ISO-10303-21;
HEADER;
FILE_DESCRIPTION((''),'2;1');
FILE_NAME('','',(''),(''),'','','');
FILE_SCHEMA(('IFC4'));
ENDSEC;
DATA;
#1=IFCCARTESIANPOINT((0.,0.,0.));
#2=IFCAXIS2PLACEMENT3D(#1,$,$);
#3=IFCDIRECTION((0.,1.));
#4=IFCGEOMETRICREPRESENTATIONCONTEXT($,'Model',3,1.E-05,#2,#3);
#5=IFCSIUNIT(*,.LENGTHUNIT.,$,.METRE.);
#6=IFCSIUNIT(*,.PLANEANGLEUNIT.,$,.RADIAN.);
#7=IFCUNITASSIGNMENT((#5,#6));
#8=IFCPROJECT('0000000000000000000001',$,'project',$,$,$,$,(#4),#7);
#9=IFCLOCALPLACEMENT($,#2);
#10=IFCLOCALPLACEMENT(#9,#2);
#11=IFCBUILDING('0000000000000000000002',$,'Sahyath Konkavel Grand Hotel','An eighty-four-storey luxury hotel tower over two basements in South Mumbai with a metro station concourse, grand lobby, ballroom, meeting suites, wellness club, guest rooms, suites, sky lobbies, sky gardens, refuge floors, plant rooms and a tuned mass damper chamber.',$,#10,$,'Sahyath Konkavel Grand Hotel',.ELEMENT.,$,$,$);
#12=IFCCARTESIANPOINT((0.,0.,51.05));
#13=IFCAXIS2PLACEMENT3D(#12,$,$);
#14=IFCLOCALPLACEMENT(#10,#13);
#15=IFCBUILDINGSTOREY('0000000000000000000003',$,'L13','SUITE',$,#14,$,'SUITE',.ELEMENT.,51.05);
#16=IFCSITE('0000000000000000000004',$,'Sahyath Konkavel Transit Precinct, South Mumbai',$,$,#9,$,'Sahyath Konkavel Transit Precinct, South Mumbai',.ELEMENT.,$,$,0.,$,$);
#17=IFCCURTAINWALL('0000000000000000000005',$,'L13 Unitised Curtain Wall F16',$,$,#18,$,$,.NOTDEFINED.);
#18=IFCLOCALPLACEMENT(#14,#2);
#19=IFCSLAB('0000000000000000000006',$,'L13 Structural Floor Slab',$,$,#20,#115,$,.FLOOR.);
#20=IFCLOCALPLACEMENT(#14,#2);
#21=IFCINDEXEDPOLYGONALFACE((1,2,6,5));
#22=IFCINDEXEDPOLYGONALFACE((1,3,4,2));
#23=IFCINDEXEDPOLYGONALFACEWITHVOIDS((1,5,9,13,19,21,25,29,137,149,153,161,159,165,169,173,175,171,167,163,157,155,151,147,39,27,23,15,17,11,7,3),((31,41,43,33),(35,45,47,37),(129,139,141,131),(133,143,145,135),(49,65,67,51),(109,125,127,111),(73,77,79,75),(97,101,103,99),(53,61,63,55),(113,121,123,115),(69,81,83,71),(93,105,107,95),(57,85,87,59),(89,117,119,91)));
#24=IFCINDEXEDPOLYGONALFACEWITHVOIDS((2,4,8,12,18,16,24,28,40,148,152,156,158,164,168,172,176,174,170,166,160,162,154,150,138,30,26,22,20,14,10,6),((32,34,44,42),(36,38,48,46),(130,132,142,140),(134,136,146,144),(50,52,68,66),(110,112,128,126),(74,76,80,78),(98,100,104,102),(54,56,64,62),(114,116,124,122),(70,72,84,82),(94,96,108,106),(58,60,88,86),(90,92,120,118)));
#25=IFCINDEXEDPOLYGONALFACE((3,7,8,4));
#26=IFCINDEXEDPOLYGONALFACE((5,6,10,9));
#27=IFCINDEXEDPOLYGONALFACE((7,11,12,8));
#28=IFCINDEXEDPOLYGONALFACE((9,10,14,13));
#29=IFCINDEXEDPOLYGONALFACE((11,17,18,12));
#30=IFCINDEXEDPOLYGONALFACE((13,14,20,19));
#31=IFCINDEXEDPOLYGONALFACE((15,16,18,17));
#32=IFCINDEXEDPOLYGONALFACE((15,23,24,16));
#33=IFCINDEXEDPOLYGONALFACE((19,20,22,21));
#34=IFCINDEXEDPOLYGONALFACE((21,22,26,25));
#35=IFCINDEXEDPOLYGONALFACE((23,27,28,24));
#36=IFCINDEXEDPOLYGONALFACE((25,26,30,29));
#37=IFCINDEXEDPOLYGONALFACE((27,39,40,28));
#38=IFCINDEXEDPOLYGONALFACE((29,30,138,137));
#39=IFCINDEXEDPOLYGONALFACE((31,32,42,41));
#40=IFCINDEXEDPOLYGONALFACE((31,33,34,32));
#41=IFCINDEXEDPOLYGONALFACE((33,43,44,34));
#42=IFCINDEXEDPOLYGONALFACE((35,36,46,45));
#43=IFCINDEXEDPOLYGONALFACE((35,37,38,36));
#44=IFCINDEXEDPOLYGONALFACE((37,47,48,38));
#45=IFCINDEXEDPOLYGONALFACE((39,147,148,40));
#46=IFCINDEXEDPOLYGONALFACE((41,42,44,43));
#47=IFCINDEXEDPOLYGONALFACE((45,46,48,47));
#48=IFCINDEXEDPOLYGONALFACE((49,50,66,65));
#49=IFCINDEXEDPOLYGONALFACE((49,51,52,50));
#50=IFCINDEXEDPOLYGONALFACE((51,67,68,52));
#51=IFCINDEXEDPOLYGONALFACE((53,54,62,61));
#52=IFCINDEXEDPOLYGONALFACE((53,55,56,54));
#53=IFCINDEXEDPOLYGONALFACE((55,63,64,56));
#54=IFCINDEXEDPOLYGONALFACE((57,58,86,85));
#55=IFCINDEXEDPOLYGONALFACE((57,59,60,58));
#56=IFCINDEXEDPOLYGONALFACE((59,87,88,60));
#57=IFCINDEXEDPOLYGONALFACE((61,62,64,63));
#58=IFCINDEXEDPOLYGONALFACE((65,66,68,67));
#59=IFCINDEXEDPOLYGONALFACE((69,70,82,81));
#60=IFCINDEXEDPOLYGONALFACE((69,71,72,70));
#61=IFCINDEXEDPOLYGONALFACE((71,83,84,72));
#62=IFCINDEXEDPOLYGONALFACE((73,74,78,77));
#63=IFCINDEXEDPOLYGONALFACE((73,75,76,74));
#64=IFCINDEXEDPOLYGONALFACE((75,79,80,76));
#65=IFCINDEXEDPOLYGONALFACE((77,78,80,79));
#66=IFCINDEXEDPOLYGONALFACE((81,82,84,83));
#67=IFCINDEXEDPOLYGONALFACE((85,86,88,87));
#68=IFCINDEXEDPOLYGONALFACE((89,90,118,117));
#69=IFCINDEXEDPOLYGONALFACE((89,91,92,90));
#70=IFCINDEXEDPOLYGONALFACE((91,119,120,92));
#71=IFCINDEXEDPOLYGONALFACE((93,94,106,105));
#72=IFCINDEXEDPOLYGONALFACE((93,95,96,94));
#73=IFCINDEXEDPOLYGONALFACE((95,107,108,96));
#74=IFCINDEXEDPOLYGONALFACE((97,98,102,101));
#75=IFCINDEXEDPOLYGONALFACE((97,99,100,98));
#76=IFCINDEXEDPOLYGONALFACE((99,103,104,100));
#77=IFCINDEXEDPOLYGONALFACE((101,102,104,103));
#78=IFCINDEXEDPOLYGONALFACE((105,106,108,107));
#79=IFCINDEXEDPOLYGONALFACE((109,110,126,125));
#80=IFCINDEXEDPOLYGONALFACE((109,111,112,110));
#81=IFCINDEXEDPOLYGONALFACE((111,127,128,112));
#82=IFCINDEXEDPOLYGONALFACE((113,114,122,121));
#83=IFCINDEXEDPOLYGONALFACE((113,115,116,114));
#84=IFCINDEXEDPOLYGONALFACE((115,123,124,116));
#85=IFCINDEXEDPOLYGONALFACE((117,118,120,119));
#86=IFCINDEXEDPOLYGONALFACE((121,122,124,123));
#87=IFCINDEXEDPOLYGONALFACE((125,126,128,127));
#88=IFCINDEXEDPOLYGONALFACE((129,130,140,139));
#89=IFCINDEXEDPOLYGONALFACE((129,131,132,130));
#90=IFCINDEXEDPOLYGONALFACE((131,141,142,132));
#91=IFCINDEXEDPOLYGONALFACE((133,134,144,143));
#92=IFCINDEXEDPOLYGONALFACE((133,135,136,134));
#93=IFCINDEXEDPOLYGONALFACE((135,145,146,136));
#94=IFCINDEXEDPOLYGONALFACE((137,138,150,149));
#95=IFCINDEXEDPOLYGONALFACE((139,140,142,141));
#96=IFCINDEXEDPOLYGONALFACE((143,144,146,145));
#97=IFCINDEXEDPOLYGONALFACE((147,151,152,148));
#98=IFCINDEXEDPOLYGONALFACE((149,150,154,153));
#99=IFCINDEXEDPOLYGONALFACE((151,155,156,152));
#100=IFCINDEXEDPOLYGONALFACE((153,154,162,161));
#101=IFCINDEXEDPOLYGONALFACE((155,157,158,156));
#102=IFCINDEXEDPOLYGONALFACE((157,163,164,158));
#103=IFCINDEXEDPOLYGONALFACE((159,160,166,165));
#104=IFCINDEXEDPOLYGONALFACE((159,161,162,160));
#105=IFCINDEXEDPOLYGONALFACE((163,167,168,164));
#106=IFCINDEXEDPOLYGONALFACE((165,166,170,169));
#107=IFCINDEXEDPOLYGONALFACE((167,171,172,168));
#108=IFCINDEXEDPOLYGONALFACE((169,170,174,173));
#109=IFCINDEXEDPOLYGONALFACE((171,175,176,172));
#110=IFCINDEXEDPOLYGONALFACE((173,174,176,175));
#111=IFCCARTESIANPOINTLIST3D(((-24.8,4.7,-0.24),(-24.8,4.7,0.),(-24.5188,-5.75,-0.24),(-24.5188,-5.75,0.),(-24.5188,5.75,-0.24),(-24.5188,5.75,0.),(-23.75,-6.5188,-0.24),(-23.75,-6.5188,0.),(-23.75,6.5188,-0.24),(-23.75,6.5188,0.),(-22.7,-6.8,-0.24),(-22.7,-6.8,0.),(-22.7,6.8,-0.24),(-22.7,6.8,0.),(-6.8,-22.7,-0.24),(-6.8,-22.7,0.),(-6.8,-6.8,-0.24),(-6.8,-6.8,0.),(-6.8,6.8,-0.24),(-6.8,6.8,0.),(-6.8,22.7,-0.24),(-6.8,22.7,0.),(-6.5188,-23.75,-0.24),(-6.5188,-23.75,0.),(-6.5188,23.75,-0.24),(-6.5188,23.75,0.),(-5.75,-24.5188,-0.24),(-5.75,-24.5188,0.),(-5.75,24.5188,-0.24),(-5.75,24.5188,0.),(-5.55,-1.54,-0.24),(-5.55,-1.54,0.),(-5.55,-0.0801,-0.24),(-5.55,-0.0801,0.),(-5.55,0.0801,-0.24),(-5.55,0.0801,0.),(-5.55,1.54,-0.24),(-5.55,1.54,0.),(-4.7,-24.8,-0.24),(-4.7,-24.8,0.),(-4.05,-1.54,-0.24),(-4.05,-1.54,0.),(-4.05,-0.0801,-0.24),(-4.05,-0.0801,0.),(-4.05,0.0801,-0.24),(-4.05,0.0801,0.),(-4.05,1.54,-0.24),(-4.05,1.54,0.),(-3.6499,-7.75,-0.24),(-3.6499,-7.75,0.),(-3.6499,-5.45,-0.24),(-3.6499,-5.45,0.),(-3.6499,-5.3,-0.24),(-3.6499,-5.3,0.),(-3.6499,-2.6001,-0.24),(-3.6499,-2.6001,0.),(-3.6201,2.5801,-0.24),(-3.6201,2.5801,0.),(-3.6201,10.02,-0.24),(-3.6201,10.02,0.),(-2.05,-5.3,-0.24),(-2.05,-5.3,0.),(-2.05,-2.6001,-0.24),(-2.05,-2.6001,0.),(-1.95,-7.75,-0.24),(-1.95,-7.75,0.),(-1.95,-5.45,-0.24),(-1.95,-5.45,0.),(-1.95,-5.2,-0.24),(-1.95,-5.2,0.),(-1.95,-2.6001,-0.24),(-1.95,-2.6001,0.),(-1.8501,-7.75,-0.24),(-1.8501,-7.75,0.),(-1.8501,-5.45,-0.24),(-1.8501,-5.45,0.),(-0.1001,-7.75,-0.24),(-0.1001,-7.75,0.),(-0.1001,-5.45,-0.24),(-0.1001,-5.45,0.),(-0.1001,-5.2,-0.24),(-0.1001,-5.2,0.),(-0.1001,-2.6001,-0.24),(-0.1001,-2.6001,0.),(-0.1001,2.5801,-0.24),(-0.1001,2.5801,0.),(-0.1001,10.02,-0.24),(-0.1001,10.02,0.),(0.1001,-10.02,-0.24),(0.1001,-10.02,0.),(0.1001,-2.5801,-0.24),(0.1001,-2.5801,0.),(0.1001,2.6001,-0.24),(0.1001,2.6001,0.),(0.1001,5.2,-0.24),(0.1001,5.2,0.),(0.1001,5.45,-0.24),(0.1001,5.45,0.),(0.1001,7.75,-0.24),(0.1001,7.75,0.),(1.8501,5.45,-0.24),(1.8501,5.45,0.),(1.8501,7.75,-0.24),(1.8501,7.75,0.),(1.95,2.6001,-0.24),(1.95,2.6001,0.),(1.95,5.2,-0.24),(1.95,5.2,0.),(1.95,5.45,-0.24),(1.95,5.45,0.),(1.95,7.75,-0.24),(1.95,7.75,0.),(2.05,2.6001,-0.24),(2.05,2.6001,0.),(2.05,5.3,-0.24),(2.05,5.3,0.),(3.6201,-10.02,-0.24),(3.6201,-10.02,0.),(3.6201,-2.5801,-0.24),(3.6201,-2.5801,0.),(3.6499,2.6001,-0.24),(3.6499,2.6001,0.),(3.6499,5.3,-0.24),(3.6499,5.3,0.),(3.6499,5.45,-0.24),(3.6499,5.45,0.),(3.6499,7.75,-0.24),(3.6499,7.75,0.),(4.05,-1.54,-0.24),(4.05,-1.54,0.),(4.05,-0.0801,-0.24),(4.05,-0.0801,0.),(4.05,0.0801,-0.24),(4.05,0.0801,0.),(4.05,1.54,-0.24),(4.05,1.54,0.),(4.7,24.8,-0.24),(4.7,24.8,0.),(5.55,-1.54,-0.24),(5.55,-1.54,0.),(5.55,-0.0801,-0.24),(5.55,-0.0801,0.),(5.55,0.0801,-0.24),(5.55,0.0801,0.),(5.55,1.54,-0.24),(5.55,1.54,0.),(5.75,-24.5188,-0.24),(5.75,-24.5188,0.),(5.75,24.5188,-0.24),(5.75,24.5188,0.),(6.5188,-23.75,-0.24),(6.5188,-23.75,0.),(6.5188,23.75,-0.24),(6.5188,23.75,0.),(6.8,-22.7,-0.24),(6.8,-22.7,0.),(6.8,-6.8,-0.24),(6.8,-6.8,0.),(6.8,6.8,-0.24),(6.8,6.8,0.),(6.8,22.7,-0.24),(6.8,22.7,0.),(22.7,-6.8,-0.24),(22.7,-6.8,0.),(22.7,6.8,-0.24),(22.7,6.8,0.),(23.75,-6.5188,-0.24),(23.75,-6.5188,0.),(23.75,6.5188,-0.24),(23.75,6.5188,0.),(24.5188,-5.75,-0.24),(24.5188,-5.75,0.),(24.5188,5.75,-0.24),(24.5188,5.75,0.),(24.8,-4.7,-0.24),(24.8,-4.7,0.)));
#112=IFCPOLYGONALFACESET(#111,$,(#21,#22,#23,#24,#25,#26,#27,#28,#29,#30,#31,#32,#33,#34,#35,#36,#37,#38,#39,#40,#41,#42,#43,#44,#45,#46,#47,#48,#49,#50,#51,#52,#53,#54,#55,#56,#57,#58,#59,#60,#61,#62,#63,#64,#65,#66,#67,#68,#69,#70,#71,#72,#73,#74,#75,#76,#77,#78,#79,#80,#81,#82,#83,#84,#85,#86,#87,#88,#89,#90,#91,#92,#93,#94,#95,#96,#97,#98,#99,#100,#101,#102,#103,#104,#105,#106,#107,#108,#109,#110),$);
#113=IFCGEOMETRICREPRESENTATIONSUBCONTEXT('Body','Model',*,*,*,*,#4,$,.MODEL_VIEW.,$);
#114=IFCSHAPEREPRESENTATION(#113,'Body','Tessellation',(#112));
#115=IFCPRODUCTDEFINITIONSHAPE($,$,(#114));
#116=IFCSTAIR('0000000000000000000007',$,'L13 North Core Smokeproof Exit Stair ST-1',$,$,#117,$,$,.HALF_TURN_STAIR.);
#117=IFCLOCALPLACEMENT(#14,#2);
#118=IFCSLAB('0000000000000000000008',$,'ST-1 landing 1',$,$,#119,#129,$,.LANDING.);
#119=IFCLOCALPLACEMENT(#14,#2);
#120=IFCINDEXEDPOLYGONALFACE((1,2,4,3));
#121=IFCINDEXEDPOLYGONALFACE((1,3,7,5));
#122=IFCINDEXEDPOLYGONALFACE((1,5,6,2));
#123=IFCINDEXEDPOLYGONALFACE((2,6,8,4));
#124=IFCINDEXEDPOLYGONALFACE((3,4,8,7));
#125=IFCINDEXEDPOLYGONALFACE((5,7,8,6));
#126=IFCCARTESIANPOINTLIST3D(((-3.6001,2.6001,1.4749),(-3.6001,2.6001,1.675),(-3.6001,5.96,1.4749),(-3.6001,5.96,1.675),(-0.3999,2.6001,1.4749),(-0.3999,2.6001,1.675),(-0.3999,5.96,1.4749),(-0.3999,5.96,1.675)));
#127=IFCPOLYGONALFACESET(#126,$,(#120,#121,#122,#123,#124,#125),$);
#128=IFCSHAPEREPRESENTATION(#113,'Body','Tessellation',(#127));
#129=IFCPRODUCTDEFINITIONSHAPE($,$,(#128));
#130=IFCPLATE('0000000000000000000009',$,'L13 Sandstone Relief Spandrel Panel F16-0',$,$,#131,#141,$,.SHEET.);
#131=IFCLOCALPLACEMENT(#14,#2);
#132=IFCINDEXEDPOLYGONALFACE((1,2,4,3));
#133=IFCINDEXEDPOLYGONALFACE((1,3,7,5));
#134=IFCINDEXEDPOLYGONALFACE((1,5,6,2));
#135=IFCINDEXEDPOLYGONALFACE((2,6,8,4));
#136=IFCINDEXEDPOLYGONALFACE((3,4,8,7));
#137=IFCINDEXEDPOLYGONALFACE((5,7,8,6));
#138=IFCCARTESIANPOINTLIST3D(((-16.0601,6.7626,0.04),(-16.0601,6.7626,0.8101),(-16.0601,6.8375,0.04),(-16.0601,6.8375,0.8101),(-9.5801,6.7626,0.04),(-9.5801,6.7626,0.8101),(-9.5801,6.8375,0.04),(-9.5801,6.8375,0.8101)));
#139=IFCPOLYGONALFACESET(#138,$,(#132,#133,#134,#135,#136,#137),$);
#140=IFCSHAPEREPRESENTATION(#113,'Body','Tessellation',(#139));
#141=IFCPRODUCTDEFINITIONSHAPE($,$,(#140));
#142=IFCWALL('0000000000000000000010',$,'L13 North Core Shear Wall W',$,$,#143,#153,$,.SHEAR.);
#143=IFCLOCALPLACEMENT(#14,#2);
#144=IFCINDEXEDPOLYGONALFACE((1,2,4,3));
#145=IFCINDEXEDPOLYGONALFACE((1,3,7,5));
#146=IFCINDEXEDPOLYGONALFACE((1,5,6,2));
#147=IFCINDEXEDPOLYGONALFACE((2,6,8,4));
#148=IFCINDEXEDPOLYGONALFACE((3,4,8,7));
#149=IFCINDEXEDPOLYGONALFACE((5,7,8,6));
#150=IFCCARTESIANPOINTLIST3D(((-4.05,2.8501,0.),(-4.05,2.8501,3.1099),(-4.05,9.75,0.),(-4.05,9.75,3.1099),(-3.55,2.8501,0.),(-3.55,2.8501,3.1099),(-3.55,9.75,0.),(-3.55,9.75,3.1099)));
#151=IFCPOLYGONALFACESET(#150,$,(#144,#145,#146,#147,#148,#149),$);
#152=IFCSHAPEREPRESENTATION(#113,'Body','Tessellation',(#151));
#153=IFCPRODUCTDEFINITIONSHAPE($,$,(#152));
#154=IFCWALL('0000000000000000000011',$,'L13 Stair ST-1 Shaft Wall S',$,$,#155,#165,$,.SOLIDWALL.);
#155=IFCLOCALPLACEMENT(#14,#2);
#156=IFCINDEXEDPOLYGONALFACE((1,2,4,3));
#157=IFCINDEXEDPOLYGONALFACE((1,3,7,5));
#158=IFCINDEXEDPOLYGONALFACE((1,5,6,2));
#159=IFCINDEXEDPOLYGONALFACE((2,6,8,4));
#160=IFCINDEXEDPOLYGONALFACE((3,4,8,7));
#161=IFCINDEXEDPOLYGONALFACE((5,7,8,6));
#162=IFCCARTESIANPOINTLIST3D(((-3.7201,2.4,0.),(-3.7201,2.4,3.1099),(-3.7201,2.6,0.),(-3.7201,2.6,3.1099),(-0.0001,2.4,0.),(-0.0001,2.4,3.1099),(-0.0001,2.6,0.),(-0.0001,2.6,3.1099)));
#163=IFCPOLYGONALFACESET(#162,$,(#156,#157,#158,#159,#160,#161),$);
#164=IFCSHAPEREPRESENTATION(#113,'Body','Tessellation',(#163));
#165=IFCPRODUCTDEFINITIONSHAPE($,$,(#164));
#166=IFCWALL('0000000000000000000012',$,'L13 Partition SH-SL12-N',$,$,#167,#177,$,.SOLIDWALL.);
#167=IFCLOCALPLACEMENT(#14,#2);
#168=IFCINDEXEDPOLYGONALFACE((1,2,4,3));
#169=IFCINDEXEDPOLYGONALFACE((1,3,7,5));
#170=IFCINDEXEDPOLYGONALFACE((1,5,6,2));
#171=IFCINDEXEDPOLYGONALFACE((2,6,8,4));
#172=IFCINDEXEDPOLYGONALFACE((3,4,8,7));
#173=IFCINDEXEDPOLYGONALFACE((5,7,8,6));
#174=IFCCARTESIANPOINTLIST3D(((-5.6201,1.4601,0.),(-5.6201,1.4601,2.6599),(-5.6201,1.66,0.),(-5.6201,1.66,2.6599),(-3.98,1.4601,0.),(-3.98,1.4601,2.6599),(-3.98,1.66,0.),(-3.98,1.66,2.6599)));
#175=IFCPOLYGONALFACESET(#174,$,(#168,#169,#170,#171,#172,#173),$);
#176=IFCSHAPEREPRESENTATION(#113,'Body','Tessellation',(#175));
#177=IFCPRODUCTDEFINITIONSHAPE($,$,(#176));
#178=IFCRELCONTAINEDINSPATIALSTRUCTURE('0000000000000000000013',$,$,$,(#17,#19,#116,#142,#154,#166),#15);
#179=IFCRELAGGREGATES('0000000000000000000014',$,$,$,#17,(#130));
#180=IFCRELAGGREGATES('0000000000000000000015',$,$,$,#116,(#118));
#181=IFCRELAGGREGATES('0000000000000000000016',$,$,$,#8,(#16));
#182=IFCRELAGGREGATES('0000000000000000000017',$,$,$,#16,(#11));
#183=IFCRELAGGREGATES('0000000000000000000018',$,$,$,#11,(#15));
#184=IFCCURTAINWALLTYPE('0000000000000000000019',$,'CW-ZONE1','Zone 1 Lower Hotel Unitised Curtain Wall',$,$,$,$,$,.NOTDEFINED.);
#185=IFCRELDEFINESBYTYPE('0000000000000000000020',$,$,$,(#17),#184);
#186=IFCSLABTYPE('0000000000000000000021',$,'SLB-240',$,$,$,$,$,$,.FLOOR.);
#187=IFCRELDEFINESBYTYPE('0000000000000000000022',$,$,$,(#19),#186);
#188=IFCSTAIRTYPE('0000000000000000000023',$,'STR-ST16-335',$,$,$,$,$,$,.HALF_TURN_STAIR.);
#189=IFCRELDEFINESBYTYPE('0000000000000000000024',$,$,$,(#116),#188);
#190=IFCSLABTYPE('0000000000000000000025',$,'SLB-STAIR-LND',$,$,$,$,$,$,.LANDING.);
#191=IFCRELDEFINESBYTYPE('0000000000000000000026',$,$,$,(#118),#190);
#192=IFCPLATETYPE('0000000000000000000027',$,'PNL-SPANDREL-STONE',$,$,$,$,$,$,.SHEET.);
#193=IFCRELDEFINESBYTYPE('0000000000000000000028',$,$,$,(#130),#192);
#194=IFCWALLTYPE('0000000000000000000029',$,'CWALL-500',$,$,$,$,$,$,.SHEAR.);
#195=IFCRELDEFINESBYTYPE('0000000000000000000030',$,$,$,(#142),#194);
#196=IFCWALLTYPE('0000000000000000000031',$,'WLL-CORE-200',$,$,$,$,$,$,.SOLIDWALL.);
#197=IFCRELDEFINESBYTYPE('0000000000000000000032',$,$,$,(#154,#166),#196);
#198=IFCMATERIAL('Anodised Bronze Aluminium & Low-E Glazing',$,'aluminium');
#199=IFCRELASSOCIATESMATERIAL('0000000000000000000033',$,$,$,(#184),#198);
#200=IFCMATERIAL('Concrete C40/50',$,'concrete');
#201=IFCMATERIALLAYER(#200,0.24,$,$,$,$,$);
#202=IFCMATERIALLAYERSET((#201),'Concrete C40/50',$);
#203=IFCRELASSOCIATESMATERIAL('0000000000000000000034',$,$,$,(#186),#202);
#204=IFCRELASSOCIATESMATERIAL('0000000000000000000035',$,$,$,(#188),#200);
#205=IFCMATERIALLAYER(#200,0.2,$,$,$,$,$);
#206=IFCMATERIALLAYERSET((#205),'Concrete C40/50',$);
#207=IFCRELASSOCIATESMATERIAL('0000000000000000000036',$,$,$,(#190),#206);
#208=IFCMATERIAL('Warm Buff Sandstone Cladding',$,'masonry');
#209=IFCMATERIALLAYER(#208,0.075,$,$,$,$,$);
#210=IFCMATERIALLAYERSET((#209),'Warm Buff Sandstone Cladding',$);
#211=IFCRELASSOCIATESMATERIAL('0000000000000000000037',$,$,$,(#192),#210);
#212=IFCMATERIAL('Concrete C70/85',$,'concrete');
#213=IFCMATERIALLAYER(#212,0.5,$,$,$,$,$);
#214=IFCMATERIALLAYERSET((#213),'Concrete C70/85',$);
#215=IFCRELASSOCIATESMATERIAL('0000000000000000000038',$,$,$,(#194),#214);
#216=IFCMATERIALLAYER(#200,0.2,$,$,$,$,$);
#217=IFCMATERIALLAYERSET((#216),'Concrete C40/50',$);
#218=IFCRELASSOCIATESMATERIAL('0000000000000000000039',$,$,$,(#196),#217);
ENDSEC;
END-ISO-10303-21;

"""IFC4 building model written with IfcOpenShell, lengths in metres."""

from ifc_helpers import new_model, si_unit, direction, frame, frame_2d, origin, origin_2d, place, context, subcontext, project, spatial, polyline, rectangle, outline, extrude, source, transform, mapped, material, layer, layer_set, type_object, element, aggregate, save


model = new_model("IFC4")

# Units and contexts
model_context = context("Model", 3, precision=1e-05, world=origin(), true_north=direction((0.0, 1.0)))
body_context = subcontext(model_context, "Body", "Model", "MODEL_VIEW")
ifc_project = project(units=[si_unit("LENGTHUNIT", "METRE"), si_unit("PLANEANGLEUNIT", "RADIAN")], contexts=[model_context])

# Site, building, storey
site_placement = place(None, origin())
site = spatial("IfcSite", under=ifc_project, at=site_placement, Name="Sahyath Konkavel Transit Precinct, South Mumbai", LongName="Sahyath Konkavel Transit Precinct, South Mumbai", CompositionType="ELEMENT", RefElevation=0.0)
building_placement = place(site_placement, origin())
building = spatial("IfcBuilding", under=site, at=building_placement, Name="Sahyath Konkavel Grand Hotel", Description="An eighty-four-storey luxury hotel tower over two basements in South Mumbai with a metro station concourse, grand lobby, ballroom, meeting suites, wellness club, guest rooms, suites, sky lobbies, sky gardens, refuge floors, plant rooms and a tuned mass damper chamber.", LongName="Sahyath Konkavel Grand Hotel", CompositionType="ELEMENT")
storey_placement = place(building_placement, frame((0.0, 0.0, 51.05)))
storey = spatial("IfcBuildingStorey", under=building, at=storey_placement, Name="L13", Description="SUITE", LongName="SUITE", CompositionType="ELEMENT", Elevation=51.05)

# Shared definitions
ifc_material_1 = material(Name="Concrete C70/85", Category="concrete")

# Curtain wall
ifc_material_2 = material(Name="Anodised Bronze Aluminium & Low-E Glazing", Category="aluminium")
curtain_wall_type = type_object("IfcCurtainWallType", Name="CW-ZONE1", Description="Zone 1 Lower Hotel Unitised Curtain Wall", PredefinedType="NOTDEFINED", material=ifc_material_2)
curtain_wall_placement = place(storey_placement, origin())
curtain_wall = element("IfcCurtainWall", 1, at=curtain_wall_placement, inside=storey, type_object=curtain_wall_type, Name="L13 Unitised Curtain Wall F16", PredefinedType="NOTDEFINED")

# Slab
ifc_material_3 = material(Name="Concrete C40/50", Category="concrete")
ifc_layer_1 = layer(ifc_material_3, 0.24)
ifc_layer_set_1 = layer_set([ifc_layer_1], Name="Concrete C40/50")
slab_type_1 = type_object("IfcSlabType", Name="SLB-240", PredefinedType="FLOOR", material=ifc_layer_set_1)
slab_1_placement = place(storey_placement, frame((0.0, 0.0, -0.24)))
element("IfcSlab", 2, at=slab_1_placement, inside=storey, type_object=slab_type_1, Name="L13 Structural Floor Slab", PredefinedType="FLOOR", context=body_context, shape_type="SweptSolid", body=[
    extrude(outline(polyline([(6.8, -6.8), (22.7, -6.8), (23.75, -6.5188), (24.5188, -5.75), (24.8, -4.7), (24.5188, 5.75), (23.75, 6.5188), (22.7, 6.8), (6.8, 6.8), (6.8, 22.7), (6.5188, 23.75), (5.75, 24.5188), (4.7, 24.8), (-5.75, 24.5188), (-6.5188, 23.75), (-6.8, 22.7), (-6.8, 6.8), (-22.7, 6.8), (-23.75, 6.5188), (-24.5188, 5.75), (-24.8, 4.7), (-24.5188, -5.75), (-23.75, -6.5188), (-22.7, -6.8), (-6.8, -6.8), (-6.8, -22.7), (-6.5188, -23.75), (-5.75, -24.5188), (-4.7, -24.8), (5.75, -24.5188), (6.5188, -23.75), (6.8, -22.7), (6.8, -6.8)]), holes=[polyline([(-3.6201, 2.5801), (-0.1001, 2.5801), (-0.1001, 10.02), (-3.6201, 10.02), (-3.6201, 2.5801)]), polyline([(0.1001, -10.02), (3.6201, -10.02), (3.6201, -2.5801), (0.1001, -2.5801), (0.1001, -10.02)]), polyline([(0.1001, 2.6001), (1.95, 2.6001), (1.95, 5.2), (0.1001, 5.2), (0.1001, 2.6001)]), polyline([(-1.95, -5.2), (-0.1001, -5.2), (-0.1001, -2.6001), (-1.95, -2.6001), (-1.95, -5.2)]), polyline([(2.05, 2.6001), (3.6499, 2.6001), (3.6499, 5.3), (2.05, 5.3), (2.05, 2.6001)]), polyline([(-3.6499, -5.3), (-2.05, -5.3), (-2.05, -2.6001), (-3.6499, -2.6001), (-3.6499, -5.3)]), polyline([(0.1001, 5.45), (1.8501, 5.45), (1.8501, 7.75), (0.1001, 7.75), (0.1001, 5.45)]), polyline([(1.95, 5.45), (3.6499, 5.45), (3.6499, 7.75), (1.95, 7.75), (1.95, 5.45)]), polyline([(-3.6499, -7.75), (-1.95, -7.75), (-1.95, -5.45), (-3.6499, -5.45), (-3.6499, -7.75)]), polyline([(-1.8501, -7.75), (-0.1001, -7.75), (-0.1001, -5.45), (-1.8501, -5.45), (-1.8501, -7.75)]), polyline([(4.05, 0.0801), (5.55, 0.0801), (5.55, 1.54), (4.05, 1.54), (4.05, 0.0801)]), polyline([(4.05, -1.54), (5.55, -1.54), (5.55, -0.0801), (4.05, -0.0801), (4.05, -1.54)]), polyline([(-5.55, 0.0801), (-4.05, 0.0801), (-4.05, 1.54), (-5.55, 1.54), (-5.55, 0.0801)]), polyline([(-5.55, -1.54), (-4.05, -1.54), (-4.05, -0.0801), (-5.55, -0.0801), (-5.55, -1.54)])]), origin(), (0.0, 0.0, 1.0), 0.24),
])

# Stair, slab
stair_type = type_object("IfcStairType", Name="STR-ST16-335", PredefinedType="HALF_TURN_STAIR", material=ifc_material_3)
stair_placement = place(storey_placement, origin())
stair = element("IfcStair", 3, at=stair_placement, inside=storey, type_object=stair_type, Name="L13 North Core Smokeproof Exit Stair ST-1", PredefinedType="HALF_TURN_STAIR")
ifc_layer_2 = layer(ifc_material_3, 0.2)
ifc_layer_set_2 = layer_set([ifc_layer_2], Name="Concrete C40/50")
slab_type_2 = type_object("IfcSlabType", Name="SLB-STAIR-LND", PredefinedType="LANDING", material=ifc_layer_set_2)
slab_2_placement = place(storey_placement, frame((0.0, 0.0, 1.4749)))
slab_2 = element("IfcSlab", 4, at=slab_2_placement, type_object=slab_type_2, Name="ST-1 landing 1", PredefinedType="LANDING", context=body_context, shape_type="SweptSolid", body=[
    extrude(outline(polyline([(-3.6001, 5.96), (-3.6001, 2.6001), (-0.3999, 2.6001), (-0.3999, 5.96), (-3.6001, 5.96)])), origin(), (0.0, 0.0, 1.0), 0.2002),
])

# Plate
ifc_material_4 = material(Name="Warm Buff Sandstone Cladding", Category="masonry")
ifc_layer_3 = layer(ifc_material_4, 0.075)
ifc_layer_set_3 = layer_set([ifc_layer_3], Name="Warm Buff Sandstone Cladding")
plate_type = type_object("IfcPlateType", Name="PNL-SPANDREL-STONE", PredefinedType="SHEET", material=ifc_layer_set_3)
shared_shape_1 = source(origin(), body_context, "Body", "SweptSolid", [
    extrude(rectangle(XDim=6.48, YDim=0.075, at=origin_2d()), origin(), (0.0, 0.0, 1.0), 0.77),
])
plate_placement = place(storey_placement, frame((-12.8201, 6.8, 0.04), z_axis=(0.0, 0.0, 1.0), x_axis=(-1.0, 0.0, 0.0)))
plate = element("IfcPlate", 5, at=plate_placement, type_object=plate_type, Name="L13 Sandstone Relief Spandrel Panel F16-0", PredefinedType="SHEET", context=body_context, shape_type="MappedRepresentation", body=[
    mapped(shared_shape_1, transform((0.0, 0.0, 0.0), scale=1.0)),
])
aggregate(curtain_wall, [plate])

# Walls
ifc_layer_4 = layer(ifc_material_1, 0.5)
ifc_layer_set_4 = layer_set([ifc_layer_4], Name="Concrete C70/85")
wall_type_1 = type_object("IfcWallType", Name="CWALL-500", PredefinedType="SHEAR", material=ifc_layer_set_4)
wall_1_placement = place(storey_placement, frame((-3.8, 2.8501, 0.0), z_axis=(0.0, 0.0, 1.0), x_axis=(0.0, 1.0, 0.0)))
element("IfcWall", 6, at=wall_1_placement, inside=storey, type_object=wall_type_1, Name="L13 North Core Shear Wall W", PredefinedType="SHEAR", context=body_context, shape_type="SweptSolid", body=[
    extrude(rectangle(XDim=6.8999, YDim=0.5, at=frame_2d((3.45, 0.0))), origin(), (0.0, 0.0, 1.0), 3.1099),
])
ifc_layer_5 = layer(ifc_material_3, 0.2)
ifc_layer_set_5 = layer_set([ifc_layer_5], Name="Concrete C40/50")
wall_type_2 = type_object("IfcWallType", Name="WLL-CORE-200", PredefinedType="SOLIDWALL", material=ifc_layer_set_5)
wall_2_placement = place(storey_placement, frame((-3.72, 2.5, 0.0), z_axis=(0.0, 0.0, 1.0), x_axis=(1.0, 0.0, 0.0)))
element("IfcWall", 7, at=wall_2_placement, inside=storey, type_object=wall_type_2, Name="L13 Stair ST-1 Shaft Wall S", PredefinedType="SOLIDWALL", context=body_context, shape_type="SweptSolid", body=[
    extrude(rectangle(XDim=3.72, YDim=0.2, at=frame_2d((1.8599, 0.0))), origin(), (0.0, 0.0, 1.0), 3.1099),
])
wall_3_placement = place(storey_placement, frame((-5.6201, 1.5601, 0.0), z_axis=(0.0, 0.0, 1.0), x_axis=(1.0, 0.0, 0.0)))
element("IfcWall", 8, at=wall_3_placement, inside=storey, type_object=wall_type_2, Name="L13 Partition SH-SL12-N", PredefinedType="SOLIDWALL", context=body_context, shape_type="SweptSolid", body=[
    extrude(rectangle(XDim=1.6401, YDim=0.2, at=frame_2d((0.8201, 0.0))), origin(), (0.0, 0.0, 1.0), 2.6599),
])

aggregate(stair, [slab_2])

save(model, "model.ifc")
